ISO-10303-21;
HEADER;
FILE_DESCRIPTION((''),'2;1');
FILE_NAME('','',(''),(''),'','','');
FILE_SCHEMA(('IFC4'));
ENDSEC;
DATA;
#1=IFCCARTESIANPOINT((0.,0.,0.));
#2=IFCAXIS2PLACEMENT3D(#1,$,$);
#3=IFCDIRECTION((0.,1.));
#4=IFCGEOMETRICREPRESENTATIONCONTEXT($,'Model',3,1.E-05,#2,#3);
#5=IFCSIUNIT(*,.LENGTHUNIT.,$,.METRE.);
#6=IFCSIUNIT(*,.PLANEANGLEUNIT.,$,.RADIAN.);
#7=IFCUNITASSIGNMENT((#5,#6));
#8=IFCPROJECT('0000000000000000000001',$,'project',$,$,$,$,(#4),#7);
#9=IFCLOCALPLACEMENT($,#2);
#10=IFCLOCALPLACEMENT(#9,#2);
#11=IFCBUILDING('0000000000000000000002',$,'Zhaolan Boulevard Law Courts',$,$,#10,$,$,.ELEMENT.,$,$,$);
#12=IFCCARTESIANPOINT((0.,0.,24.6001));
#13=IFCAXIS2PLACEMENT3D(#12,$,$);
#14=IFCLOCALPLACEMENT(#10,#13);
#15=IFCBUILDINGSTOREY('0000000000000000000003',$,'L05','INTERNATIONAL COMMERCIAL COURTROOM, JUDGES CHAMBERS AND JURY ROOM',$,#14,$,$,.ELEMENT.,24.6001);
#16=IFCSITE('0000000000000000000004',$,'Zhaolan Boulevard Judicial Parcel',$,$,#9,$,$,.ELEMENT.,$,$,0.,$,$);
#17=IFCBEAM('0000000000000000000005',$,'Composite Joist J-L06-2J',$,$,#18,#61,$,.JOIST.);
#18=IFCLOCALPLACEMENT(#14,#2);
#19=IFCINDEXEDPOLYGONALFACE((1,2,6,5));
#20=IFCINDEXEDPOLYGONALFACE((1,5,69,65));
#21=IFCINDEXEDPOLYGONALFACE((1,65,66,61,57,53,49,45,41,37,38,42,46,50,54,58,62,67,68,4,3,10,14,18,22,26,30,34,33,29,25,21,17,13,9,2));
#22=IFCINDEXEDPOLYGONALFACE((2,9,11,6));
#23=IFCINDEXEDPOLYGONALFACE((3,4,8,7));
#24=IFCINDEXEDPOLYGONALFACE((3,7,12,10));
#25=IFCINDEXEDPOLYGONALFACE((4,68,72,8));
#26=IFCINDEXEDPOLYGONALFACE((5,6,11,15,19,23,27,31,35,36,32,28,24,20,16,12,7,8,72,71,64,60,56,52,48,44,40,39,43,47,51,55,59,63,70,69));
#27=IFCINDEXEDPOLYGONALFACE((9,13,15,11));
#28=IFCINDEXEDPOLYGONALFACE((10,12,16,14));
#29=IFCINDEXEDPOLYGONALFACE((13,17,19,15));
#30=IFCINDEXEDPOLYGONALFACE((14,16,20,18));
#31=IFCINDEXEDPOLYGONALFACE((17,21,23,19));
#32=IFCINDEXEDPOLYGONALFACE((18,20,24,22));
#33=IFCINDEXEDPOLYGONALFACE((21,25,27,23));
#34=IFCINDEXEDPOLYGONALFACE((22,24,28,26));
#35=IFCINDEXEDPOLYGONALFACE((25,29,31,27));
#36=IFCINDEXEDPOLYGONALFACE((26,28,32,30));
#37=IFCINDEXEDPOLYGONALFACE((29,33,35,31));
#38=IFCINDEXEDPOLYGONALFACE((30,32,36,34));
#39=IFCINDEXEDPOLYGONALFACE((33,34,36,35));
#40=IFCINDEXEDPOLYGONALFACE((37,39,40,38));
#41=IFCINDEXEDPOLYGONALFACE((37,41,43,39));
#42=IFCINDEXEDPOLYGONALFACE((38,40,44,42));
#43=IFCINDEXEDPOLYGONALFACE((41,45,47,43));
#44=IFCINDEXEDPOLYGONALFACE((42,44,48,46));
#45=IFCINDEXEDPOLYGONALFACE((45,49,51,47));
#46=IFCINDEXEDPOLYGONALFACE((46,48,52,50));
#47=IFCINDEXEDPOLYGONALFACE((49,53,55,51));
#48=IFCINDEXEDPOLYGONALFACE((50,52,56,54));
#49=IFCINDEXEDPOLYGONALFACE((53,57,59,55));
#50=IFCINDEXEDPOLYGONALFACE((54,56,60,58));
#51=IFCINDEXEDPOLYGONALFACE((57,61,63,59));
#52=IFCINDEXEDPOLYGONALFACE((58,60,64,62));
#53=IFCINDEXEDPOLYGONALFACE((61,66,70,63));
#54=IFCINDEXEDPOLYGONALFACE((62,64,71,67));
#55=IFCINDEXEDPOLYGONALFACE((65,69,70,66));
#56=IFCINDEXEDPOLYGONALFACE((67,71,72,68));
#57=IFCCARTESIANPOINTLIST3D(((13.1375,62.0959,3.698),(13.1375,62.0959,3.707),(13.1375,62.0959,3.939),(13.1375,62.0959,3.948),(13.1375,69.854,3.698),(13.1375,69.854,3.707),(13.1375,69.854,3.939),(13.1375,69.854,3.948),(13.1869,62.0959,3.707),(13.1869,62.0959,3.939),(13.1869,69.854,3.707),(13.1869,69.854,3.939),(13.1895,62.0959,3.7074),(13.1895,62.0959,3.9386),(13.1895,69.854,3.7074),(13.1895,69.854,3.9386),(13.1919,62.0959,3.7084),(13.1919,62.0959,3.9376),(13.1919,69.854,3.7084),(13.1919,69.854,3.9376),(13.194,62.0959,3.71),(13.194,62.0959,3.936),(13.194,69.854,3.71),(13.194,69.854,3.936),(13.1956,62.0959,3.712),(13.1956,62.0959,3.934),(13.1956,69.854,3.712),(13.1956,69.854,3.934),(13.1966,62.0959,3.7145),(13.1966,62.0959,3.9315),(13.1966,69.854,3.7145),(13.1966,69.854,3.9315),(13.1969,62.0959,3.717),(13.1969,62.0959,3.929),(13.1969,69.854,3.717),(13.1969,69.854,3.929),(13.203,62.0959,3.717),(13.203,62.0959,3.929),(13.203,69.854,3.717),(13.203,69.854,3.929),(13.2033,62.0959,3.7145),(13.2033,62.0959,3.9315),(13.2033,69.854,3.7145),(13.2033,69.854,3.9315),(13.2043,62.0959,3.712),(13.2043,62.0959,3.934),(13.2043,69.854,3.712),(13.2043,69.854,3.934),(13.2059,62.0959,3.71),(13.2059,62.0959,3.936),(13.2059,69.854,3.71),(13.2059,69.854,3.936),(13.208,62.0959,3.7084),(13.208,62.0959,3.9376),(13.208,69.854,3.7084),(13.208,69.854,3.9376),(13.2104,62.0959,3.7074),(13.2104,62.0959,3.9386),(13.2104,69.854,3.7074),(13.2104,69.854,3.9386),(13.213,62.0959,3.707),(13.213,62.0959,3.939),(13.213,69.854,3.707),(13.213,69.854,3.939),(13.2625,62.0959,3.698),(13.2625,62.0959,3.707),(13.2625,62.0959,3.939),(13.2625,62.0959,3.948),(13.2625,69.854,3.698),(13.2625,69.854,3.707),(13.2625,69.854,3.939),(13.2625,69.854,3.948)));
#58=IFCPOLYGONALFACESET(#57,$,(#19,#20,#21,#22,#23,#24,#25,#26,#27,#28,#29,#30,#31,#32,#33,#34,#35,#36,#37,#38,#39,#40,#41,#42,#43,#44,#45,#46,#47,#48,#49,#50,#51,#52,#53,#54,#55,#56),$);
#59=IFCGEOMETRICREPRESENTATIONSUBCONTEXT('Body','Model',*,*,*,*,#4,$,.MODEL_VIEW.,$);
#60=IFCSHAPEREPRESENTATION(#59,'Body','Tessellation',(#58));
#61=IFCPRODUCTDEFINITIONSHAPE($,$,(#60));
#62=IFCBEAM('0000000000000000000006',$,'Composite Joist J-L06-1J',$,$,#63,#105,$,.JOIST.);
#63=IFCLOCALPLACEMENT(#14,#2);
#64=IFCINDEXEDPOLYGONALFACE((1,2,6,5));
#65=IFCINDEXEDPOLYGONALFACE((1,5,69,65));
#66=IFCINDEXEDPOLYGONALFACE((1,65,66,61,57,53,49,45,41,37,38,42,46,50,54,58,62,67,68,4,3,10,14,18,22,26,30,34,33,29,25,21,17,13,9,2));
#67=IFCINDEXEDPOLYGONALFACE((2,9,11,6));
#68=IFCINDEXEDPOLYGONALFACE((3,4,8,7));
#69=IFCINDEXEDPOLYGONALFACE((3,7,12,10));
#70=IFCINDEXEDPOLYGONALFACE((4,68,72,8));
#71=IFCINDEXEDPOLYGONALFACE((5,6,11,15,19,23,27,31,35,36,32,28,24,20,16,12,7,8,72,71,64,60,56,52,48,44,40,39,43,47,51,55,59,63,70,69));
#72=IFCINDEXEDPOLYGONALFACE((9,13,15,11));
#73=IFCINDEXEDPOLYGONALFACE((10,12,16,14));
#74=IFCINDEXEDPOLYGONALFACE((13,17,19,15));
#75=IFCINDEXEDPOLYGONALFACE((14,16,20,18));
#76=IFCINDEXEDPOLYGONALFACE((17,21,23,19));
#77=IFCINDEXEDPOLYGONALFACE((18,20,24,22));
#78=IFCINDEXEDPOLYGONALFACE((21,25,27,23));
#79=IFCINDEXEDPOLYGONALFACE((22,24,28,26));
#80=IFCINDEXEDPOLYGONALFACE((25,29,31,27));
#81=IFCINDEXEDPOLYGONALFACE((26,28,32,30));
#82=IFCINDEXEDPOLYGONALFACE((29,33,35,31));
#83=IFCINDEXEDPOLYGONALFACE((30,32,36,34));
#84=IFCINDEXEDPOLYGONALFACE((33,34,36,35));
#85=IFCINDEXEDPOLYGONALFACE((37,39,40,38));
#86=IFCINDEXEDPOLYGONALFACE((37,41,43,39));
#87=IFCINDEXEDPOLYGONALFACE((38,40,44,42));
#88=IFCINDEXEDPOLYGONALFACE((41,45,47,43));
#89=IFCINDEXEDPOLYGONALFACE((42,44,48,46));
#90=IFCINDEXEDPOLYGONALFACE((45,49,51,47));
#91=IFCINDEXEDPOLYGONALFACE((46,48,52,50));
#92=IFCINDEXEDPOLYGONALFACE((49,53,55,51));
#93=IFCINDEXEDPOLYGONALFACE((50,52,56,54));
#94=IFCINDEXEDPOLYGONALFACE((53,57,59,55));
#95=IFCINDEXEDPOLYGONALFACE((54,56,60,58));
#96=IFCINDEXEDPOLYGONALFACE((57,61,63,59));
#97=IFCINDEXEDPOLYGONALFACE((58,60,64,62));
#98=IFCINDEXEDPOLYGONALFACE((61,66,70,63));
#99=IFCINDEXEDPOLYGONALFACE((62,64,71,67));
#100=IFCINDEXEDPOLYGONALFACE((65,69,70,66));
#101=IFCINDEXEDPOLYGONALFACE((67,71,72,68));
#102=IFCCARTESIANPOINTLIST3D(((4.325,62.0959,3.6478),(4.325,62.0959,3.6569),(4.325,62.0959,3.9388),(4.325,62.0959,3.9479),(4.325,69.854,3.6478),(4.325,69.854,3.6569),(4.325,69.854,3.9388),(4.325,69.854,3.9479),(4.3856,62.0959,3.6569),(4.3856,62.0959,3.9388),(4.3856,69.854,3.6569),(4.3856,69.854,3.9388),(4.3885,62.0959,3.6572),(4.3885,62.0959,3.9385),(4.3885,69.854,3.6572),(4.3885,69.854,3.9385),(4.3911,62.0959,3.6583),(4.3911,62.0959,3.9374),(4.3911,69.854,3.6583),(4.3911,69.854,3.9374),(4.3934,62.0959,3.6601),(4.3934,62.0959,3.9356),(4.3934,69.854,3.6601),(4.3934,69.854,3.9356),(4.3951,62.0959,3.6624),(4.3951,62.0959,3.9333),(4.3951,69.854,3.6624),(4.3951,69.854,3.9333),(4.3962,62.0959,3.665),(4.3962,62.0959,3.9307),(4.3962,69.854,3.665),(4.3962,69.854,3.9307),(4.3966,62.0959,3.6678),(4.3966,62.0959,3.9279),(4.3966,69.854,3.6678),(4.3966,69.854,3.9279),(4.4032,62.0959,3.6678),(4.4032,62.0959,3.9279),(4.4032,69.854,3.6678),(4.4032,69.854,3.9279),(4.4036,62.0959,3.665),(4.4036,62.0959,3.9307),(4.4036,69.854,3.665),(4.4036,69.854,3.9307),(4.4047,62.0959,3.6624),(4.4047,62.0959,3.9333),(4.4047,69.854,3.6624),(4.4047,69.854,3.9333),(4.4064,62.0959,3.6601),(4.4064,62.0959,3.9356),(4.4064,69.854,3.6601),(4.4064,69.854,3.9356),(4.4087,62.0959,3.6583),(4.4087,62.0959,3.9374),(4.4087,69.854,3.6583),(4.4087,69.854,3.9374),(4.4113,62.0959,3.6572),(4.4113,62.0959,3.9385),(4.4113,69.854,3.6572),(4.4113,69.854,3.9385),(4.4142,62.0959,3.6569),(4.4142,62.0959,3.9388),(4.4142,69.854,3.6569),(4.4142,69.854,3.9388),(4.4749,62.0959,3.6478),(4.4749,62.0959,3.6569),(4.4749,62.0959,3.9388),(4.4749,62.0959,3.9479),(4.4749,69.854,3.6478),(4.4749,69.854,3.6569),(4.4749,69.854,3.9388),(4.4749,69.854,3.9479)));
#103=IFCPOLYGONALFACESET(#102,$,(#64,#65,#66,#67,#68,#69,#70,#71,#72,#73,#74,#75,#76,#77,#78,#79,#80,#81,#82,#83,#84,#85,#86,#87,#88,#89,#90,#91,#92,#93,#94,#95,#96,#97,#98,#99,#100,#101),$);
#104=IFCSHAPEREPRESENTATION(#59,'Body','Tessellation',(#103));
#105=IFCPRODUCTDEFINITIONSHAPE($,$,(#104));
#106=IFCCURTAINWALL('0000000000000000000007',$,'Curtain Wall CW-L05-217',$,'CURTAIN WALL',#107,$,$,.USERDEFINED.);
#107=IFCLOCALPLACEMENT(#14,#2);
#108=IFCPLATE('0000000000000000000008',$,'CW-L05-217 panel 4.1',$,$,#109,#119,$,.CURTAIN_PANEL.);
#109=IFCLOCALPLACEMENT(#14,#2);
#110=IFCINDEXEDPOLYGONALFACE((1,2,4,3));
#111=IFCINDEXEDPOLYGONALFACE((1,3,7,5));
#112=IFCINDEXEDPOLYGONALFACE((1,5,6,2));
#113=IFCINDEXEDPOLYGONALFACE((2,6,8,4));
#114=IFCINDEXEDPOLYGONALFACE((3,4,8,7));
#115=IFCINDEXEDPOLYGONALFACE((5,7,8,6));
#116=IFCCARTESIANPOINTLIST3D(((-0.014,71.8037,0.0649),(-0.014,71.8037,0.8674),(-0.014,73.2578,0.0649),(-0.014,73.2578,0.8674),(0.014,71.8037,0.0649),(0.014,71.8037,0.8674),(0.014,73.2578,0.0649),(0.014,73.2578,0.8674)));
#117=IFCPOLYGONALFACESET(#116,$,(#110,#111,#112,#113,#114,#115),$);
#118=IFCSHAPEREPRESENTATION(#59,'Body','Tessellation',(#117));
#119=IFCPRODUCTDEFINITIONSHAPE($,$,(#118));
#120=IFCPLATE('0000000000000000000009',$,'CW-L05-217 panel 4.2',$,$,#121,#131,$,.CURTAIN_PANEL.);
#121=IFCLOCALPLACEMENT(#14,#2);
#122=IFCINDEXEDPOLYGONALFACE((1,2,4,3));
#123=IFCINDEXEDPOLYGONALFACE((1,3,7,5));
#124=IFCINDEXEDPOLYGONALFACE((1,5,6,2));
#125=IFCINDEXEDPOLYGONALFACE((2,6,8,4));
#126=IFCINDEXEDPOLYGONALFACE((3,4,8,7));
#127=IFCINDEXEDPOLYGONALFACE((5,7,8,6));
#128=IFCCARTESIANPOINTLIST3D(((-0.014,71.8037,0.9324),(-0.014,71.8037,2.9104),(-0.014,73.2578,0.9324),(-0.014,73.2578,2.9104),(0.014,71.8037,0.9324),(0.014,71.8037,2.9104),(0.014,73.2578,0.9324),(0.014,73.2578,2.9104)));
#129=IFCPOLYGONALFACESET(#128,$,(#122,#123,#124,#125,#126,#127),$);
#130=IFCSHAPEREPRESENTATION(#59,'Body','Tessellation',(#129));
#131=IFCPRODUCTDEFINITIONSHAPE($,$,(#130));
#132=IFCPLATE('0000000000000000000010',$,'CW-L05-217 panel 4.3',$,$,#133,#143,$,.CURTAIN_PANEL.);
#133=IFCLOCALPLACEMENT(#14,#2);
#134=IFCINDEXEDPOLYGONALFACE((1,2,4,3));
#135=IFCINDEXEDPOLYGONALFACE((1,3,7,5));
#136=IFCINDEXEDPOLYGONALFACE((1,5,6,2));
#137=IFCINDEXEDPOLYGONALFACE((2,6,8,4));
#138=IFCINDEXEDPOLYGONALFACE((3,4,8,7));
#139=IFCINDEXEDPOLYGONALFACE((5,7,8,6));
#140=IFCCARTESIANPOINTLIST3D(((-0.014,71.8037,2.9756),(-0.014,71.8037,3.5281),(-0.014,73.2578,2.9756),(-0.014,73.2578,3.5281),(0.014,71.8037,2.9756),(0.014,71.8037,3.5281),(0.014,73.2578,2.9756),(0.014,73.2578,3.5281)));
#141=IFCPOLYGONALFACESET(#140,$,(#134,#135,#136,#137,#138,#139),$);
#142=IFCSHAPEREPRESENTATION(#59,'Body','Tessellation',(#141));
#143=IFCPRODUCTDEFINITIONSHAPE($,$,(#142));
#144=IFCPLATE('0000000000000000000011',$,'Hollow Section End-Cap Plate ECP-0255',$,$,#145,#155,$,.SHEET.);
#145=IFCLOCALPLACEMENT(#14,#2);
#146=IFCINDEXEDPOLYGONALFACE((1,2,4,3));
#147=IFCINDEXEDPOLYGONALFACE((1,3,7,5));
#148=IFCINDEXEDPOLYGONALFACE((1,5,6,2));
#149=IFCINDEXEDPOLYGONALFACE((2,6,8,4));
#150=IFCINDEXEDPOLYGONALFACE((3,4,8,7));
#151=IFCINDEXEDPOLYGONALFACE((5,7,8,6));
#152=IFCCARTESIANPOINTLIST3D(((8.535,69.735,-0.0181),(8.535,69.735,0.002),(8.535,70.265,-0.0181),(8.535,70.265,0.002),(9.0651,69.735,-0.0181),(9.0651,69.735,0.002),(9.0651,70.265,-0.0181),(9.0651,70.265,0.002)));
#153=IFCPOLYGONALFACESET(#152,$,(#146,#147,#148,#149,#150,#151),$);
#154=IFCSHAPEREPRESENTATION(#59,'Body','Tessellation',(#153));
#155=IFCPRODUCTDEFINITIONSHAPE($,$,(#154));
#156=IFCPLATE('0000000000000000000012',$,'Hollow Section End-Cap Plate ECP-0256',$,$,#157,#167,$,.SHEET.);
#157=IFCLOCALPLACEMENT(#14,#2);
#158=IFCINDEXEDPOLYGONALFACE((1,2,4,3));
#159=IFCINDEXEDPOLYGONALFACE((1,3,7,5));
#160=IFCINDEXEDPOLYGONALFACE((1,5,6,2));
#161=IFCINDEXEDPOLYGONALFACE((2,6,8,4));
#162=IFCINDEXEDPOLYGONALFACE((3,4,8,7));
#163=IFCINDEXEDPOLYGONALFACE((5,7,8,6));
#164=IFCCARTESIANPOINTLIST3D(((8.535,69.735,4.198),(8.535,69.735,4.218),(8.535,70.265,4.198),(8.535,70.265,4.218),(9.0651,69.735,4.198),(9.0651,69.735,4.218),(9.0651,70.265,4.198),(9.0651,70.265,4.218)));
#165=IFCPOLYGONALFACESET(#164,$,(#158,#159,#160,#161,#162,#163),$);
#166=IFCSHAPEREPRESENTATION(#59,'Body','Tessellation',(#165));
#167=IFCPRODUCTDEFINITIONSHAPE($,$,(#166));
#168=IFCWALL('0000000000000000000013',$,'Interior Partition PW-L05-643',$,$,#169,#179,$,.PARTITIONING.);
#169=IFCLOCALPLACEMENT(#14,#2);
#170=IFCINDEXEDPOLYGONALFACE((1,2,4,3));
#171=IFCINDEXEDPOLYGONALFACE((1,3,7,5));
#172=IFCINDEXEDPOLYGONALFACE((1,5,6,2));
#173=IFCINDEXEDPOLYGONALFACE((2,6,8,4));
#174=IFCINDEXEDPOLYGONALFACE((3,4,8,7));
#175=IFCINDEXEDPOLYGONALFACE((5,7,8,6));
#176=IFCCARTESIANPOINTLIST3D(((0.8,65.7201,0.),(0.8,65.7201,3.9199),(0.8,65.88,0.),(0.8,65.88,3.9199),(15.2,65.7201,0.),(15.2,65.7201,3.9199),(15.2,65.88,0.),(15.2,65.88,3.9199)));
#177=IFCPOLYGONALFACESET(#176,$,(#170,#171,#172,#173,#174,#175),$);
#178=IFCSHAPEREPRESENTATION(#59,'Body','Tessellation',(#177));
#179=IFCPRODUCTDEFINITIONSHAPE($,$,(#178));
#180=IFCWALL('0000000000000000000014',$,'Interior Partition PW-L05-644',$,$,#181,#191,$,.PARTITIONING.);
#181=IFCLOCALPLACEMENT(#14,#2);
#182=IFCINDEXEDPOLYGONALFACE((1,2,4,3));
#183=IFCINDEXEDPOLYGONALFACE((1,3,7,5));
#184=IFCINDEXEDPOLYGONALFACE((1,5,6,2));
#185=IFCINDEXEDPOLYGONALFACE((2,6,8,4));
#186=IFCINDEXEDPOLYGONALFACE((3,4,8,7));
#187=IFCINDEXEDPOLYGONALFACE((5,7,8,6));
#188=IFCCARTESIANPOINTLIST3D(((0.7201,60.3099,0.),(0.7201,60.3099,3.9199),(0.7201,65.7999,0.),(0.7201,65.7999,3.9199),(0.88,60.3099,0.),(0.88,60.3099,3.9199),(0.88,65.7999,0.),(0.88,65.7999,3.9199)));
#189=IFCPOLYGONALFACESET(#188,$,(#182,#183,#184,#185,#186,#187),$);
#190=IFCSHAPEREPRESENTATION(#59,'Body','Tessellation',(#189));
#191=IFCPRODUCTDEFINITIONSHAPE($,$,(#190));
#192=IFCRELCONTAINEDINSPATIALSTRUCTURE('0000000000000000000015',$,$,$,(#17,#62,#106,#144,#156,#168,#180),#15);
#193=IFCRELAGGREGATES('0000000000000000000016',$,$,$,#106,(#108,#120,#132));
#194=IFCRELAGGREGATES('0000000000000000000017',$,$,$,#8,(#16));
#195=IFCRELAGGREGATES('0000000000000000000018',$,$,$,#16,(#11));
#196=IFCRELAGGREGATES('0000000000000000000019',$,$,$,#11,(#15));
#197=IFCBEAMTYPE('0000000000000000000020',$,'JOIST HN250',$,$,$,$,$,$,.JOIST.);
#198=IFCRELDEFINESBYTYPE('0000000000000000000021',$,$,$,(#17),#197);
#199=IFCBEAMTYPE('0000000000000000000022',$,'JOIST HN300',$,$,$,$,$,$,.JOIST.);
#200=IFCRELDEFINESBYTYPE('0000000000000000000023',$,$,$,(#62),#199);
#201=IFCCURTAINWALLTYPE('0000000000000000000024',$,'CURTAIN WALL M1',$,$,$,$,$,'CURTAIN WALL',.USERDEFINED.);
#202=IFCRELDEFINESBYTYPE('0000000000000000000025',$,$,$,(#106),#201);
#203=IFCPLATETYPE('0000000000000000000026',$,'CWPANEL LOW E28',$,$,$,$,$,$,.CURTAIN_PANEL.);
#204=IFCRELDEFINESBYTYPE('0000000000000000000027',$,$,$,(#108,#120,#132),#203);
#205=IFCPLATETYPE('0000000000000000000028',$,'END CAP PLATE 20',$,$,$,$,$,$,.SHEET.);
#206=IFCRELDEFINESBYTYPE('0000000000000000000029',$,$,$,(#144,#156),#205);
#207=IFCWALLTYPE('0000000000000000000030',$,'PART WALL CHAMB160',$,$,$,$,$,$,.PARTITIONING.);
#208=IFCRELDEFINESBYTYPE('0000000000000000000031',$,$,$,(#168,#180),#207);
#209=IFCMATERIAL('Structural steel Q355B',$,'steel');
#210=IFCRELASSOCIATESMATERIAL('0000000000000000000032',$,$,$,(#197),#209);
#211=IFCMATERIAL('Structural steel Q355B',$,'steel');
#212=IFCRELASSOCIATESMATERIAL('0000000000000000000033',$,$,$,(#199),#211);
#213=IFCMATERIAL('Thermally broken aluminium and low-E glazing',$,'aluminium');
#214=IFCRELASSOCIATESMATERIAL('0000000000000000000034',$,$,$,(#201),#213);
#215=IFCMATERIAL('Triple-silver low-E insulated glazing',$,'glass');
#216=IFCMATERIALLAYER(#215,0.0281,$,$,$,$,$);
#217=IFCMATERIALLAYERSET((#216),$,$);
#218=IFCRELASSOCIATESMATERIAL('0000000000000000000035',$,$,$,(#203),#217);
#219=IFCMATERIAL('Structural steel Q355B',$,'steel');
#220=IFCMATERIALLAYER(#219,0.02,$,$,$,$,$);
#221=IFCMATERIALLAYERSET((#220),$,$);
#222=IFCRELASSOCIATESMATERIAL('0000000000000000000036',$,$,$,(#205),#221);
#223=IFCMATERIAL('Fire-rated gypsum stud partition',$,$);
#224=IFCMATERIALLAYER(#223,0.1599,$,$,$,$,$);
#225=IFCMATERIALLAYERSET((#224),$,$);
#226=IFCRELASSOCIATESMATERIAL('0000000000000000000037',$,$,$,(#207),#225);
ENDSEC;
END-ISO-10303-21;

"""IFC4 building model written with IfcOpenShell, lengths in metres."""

from ifc_helpers import new_model, si_unit, direction, frame, frame_2d, origin, origin_2d, place, context, subcontext, project, spatial, rectangle, i_section, extrude, material, layer, layer_set, material_profile, profile_set, type_object, element, aggregate, save


model = new_model("IFC4")

# Units and contexts
model_context = context("Model", 3, precision=1e-05, world=origin(), true_north=direction((0.0, 1.0)))
body_context = subcontext(model_context, "Body", "Model", "MODEL_VIEW")
ifc_project = project(units=[si_unit("LENGTHUNIT", "METRE"), si_unit("PLANEANGLEUNIT", "RADIAN")], contexts=[model_context])

# Site, building, storey
site_placement = place(None, origin())
site = spatial("IfcSite", under=ifc_project, at=site_placement, Name="Zhaolan Boulevard Judicial Parcel", CompositionType="ELEMENT", RefElevation=0.0)
building_placement = place(site_placement, origin())
building = spatial("IfcBuilding", under=site, at=building_placement, Name="Zhaolan Boulevard Law Courts", CompositionType="ELEMENT")
storey_placement = place(building_placement, frame((0.0, 0.0, 24.6001)))
storey = spatial("IfcBuildingStorey", under=building, at=storey_placement, Name="L05", Description="INTERNATIONAL COMMERCIAL COURTROOM, JUDGES CHAMBERS AND JURY ROOM", CompositionType="ELEMENT", Elevation=24.6001)

# Beams
ifc_material_1 = material(Name="Structural steel Q355B", Category="steel")
ifc_material_profile_1 = material_profile(ifc_material_1, i_section(OverallWidth=0.125, OverallDepth=0.25, WebThickness=0.0061, FlangeThickness=0.009, FilletRadius=0.01, at=origin_2d()), Name="HN250x125")
ifc_profile_set_1 = profile_set([ifc_material_profile_1], Name="Structural steel Q355B")
beam_type_1 = type_object("IfcBeamType", Name="JOIST HN250", PredefinedType="JOIST", material=ifc_profile_set_1)
beam_1_placement = place(storey_placement, frame((13.2, 62.0959, 3.823), z_axis=(0.0, 1.0, 0.0), x_axis=(-1.0, 0.0, 0.0)))
element("IfcBeam", 1, at=beam_1_placement, inside=storey, type_object=beam_type_1, Name="Composite Joist J-L06-2J", PredefinedType="JOIST", context=body_context, shape_type="SweptSolid", body=[
    extrude(i_section(OverallWidth=0.125, OverallDepth=0.25, WebThickness=0.0061, FlangeThickness=0.009, FilletRadius=0.01, at=origin_2d()), origin(), (0.0, 0.0, 1.0), 7.7581),
])
ifc_material_2 = material(Name="Structural steel Q355B", Category="steel")
ifc_material_profile_2 = material_profile(ifc_material_2, i_section(OverallWidth=0.1499, OverallDepth=0.3, WebThickness=0.0066, FlangeThickness=0.009, FilletRadius=0.011, at=origin_2d()), Name="HN300x150")
ifc_profile_set_2 = profile_set([ifc_material_profile_2], Name="Structural steel Q355B")
beam_type_2 = type_object("IfcBeamType", Name="JOIST HN300", PredefinedType="JOIST", material=ifc_profile_set_2)
beam_2_placement = place(storey_placement, frame((4.3999, 62.0959, 3.7979), z_axis=(0.0, 1.0, 0.0), x_axis=(-1.0, 0.0, 0.0)))
element("IfcBeam", 2, at=beam_2_placement, inside=storey, type_object=beam_type_2, Name="Composite Joist J-L06-1J", PredefinedType="JOIST", context=body_context, shape_type="SweptSolid", body=[
    extrude(i_section(OverallWidth=0.1499, OverallDepth=0.3, WebThickness=0.0066, FlangeThickness=0.009, FilletRadius=0.011, at=origin_2d()), origin(), (0.0, 0.0, 1.0), 7.7581),
])

# Curtain wall, plates
ifc_material_3 = material(Name="Thermally broken aluminium and low-E glazing", Category="aluminium")
curtain_wall_type = type_object("IfcCurtainWallType", Name="CURTAIN WALL M1", ElementType="CURTAIN WALL", PredefinedType="USERDEFINED", material=ifc_material_3)
curtain_wall_placement = place(storey_placement, origin())
curtain_wall = element("IfcCurtainWall", 3, at=curtain_wall_placement, inside=storey, type_object=curtain_wall_type, Name="Curtain Wall CW-L05-217", ObjectType="CURTAIN WALL", PredefinedType="USERDEFINED")
ifc_material_4 = material(Name="Triple-silver low-E insulated glazing", Category="glass")
ifc_layer_1 = layer(ifc_material_4, 0.0281)
ifc_layer_set_1 = layer_set([ifc_layer_1])
plate_type_1 = type_object("IfcPlateType", Name="CWPANEL LOW E28", PredefinedType="CURTAIN_PANEL", material=ifc_layer_set_1)
plate_1_placement = place(storey_placement, frame((0.0, 72.5308, 0.0649), z_axis=(0.0, 0.0, 1.0), x_axis=(0.0, -1.0, 0.0)))
plate_1 = element("IfcPlate", 4, at=plate_1_placement, type_object=plate_type_1, Name="CW-L05-217 panel 4.1", PredefinedType="CURTAIN_PANEL", context=body_context, shape_type="SweptSolid", body=[
    extrude(rectangle(XDim=1.4541, YDim=0.0281, at=origin_2d()), origin(), (0.0, 0.0, 1.0), 0.8025),
])
plate_2_placement = place(storey_placement, frame((0.0, 72.5308, 0.9324), z_axis=(0.0, 0.0, 1.0), x_axis=(0.0, -1.0, 0.0)))
plate_2 = element("IfcPlate", 5, at=plate_2_placement, type_object=plate_type_1, Name="CW-L05-217 panel 4.2", PredefinedType="CURTAIN_PANEL", context=body_context, shape_type="SweptSolid", body=[
    extrude(rectangle(XDim=1.4541, YDim=0.0281, at=origin_2d()), origin(), (0.0, 0.0, 1.0), 1.978),
])
plate_3_placement = place(storey_placement, frame((0.0, 72.5308, 2.9756), z_axis=(0.0, 0.0, 1.0), x_axis=(0.0, -1.0, 0.0)))
plate_3 = element("IfcPlate", 6, at=plate_3_placement, type_object=plate_type_1, Name="CW-L05-217 panel 4.3", PredefinedType="CURTAIN_PANEL", context=body_context, shape_type="SweptSolid", body=[
    extrude(rectangle(XDim=1.4541, YDim=0.0281, at=origin_2d()), origin(), (0.0, 0.0, 1.0), 0.5525),
])
aggregate(curtain_wall, [plate_1, plate_2, plate_3])

# Plates
ifc_material_5 = material(Name="Structural steel Q355B", Category="steel")
ifc_layer_2 = layer(ifc_material_5, 0.02)
ifc_layer_set_2 = layer_set([ifc_layer_2])
plate_type_2 = type_object("IfcPlateType", Name="END CAP PLATE 20", PredefinedType="SHEET", material=ifc_layer_set_2)
for number, where, z_axis, x_axis, name in (
    (7, (8.8, 70.0, -0.0181), (0.0, 0.0, 1.0), (1.0, 0.0, 0.0), "Hollow Section End-Cap Plate ECP-0255"),
    (8, (8.8, 70.0, 4.198), (0.0, 0.0, 1.0), (1.0, 0.0, 0.0), "Hollow Section End-Cap Plate ECP-0256"),
):
    element("IfcPlate", number, at=place(storey_placement, frame(where, z_axis=z_axis, x_axis=x_axis)), inside=storey, type_object=plate_type_2, Name=name, PredefinedType="SHEET", context=body_context, shape_type="SweptSolid", body=[
        extrude(rectangle(XDim=0.53, YDim=0.53, at=origin_2d()), origin(), (0.0, 0.0, 1.0), 0.02),
    ])

# Walls
ifc_material_6 = material(Name="Fire-rated gypsum stud partition")
ifc_layer_3 = layer(ifc_material_6, 0.1599)
ifc_layer_set_3 = layer_set([ifc_layer_3])
wall_type_1 = type_object("IfcWallType", Name="PART WALL CHAMB160", PredefinedType="PARTITIONING", material=ifc_layer_set_3)
wall_1_placement = place(storey_placement, frame((15.2, 65.8, 0.0), z_axis=(0.0, 0.0, 1.0), x_axis=(-1.0, 0.0, 0.0)))
element("IfcWall", 9, at=wall_1_placement, inside=storey, type_object=wall_type_1, Name="Interior Partition PW-L05-643", PredefinedType="PARTITIONING", context=body_context, shape_type="SweptSolid", body=[
    extrude(rectangle(XDim=14.3999, YDim=0.1599, at=frame_2d((7.2, 0.0))), origin(), (0.0, 0.0, 1.0), 3.9199),
])
wall_2_placement = place(storey_placement, frame((0.8, 65.8, 0.0), z_axis=(0.0, 0.0, 1.0), x_axis=(0.0, -1.0, 0.0)))
element("IfcWall", 10, at=wall_2_placement, inside=storey, type_object=wall_type_1, Name="Interior Partition PW-L05-644", PredefinedType="PARTITIONING", context=body_context, shape_type="SweptSolid", body=[
    extrude(rectangle(XDim=5.49, YDim=0.1599, at=frame_2d((2.7451, 0.0))), origin(), (0.0, 0.0, 1.0), 3.9199),
])

save(model, "model.ifc")
